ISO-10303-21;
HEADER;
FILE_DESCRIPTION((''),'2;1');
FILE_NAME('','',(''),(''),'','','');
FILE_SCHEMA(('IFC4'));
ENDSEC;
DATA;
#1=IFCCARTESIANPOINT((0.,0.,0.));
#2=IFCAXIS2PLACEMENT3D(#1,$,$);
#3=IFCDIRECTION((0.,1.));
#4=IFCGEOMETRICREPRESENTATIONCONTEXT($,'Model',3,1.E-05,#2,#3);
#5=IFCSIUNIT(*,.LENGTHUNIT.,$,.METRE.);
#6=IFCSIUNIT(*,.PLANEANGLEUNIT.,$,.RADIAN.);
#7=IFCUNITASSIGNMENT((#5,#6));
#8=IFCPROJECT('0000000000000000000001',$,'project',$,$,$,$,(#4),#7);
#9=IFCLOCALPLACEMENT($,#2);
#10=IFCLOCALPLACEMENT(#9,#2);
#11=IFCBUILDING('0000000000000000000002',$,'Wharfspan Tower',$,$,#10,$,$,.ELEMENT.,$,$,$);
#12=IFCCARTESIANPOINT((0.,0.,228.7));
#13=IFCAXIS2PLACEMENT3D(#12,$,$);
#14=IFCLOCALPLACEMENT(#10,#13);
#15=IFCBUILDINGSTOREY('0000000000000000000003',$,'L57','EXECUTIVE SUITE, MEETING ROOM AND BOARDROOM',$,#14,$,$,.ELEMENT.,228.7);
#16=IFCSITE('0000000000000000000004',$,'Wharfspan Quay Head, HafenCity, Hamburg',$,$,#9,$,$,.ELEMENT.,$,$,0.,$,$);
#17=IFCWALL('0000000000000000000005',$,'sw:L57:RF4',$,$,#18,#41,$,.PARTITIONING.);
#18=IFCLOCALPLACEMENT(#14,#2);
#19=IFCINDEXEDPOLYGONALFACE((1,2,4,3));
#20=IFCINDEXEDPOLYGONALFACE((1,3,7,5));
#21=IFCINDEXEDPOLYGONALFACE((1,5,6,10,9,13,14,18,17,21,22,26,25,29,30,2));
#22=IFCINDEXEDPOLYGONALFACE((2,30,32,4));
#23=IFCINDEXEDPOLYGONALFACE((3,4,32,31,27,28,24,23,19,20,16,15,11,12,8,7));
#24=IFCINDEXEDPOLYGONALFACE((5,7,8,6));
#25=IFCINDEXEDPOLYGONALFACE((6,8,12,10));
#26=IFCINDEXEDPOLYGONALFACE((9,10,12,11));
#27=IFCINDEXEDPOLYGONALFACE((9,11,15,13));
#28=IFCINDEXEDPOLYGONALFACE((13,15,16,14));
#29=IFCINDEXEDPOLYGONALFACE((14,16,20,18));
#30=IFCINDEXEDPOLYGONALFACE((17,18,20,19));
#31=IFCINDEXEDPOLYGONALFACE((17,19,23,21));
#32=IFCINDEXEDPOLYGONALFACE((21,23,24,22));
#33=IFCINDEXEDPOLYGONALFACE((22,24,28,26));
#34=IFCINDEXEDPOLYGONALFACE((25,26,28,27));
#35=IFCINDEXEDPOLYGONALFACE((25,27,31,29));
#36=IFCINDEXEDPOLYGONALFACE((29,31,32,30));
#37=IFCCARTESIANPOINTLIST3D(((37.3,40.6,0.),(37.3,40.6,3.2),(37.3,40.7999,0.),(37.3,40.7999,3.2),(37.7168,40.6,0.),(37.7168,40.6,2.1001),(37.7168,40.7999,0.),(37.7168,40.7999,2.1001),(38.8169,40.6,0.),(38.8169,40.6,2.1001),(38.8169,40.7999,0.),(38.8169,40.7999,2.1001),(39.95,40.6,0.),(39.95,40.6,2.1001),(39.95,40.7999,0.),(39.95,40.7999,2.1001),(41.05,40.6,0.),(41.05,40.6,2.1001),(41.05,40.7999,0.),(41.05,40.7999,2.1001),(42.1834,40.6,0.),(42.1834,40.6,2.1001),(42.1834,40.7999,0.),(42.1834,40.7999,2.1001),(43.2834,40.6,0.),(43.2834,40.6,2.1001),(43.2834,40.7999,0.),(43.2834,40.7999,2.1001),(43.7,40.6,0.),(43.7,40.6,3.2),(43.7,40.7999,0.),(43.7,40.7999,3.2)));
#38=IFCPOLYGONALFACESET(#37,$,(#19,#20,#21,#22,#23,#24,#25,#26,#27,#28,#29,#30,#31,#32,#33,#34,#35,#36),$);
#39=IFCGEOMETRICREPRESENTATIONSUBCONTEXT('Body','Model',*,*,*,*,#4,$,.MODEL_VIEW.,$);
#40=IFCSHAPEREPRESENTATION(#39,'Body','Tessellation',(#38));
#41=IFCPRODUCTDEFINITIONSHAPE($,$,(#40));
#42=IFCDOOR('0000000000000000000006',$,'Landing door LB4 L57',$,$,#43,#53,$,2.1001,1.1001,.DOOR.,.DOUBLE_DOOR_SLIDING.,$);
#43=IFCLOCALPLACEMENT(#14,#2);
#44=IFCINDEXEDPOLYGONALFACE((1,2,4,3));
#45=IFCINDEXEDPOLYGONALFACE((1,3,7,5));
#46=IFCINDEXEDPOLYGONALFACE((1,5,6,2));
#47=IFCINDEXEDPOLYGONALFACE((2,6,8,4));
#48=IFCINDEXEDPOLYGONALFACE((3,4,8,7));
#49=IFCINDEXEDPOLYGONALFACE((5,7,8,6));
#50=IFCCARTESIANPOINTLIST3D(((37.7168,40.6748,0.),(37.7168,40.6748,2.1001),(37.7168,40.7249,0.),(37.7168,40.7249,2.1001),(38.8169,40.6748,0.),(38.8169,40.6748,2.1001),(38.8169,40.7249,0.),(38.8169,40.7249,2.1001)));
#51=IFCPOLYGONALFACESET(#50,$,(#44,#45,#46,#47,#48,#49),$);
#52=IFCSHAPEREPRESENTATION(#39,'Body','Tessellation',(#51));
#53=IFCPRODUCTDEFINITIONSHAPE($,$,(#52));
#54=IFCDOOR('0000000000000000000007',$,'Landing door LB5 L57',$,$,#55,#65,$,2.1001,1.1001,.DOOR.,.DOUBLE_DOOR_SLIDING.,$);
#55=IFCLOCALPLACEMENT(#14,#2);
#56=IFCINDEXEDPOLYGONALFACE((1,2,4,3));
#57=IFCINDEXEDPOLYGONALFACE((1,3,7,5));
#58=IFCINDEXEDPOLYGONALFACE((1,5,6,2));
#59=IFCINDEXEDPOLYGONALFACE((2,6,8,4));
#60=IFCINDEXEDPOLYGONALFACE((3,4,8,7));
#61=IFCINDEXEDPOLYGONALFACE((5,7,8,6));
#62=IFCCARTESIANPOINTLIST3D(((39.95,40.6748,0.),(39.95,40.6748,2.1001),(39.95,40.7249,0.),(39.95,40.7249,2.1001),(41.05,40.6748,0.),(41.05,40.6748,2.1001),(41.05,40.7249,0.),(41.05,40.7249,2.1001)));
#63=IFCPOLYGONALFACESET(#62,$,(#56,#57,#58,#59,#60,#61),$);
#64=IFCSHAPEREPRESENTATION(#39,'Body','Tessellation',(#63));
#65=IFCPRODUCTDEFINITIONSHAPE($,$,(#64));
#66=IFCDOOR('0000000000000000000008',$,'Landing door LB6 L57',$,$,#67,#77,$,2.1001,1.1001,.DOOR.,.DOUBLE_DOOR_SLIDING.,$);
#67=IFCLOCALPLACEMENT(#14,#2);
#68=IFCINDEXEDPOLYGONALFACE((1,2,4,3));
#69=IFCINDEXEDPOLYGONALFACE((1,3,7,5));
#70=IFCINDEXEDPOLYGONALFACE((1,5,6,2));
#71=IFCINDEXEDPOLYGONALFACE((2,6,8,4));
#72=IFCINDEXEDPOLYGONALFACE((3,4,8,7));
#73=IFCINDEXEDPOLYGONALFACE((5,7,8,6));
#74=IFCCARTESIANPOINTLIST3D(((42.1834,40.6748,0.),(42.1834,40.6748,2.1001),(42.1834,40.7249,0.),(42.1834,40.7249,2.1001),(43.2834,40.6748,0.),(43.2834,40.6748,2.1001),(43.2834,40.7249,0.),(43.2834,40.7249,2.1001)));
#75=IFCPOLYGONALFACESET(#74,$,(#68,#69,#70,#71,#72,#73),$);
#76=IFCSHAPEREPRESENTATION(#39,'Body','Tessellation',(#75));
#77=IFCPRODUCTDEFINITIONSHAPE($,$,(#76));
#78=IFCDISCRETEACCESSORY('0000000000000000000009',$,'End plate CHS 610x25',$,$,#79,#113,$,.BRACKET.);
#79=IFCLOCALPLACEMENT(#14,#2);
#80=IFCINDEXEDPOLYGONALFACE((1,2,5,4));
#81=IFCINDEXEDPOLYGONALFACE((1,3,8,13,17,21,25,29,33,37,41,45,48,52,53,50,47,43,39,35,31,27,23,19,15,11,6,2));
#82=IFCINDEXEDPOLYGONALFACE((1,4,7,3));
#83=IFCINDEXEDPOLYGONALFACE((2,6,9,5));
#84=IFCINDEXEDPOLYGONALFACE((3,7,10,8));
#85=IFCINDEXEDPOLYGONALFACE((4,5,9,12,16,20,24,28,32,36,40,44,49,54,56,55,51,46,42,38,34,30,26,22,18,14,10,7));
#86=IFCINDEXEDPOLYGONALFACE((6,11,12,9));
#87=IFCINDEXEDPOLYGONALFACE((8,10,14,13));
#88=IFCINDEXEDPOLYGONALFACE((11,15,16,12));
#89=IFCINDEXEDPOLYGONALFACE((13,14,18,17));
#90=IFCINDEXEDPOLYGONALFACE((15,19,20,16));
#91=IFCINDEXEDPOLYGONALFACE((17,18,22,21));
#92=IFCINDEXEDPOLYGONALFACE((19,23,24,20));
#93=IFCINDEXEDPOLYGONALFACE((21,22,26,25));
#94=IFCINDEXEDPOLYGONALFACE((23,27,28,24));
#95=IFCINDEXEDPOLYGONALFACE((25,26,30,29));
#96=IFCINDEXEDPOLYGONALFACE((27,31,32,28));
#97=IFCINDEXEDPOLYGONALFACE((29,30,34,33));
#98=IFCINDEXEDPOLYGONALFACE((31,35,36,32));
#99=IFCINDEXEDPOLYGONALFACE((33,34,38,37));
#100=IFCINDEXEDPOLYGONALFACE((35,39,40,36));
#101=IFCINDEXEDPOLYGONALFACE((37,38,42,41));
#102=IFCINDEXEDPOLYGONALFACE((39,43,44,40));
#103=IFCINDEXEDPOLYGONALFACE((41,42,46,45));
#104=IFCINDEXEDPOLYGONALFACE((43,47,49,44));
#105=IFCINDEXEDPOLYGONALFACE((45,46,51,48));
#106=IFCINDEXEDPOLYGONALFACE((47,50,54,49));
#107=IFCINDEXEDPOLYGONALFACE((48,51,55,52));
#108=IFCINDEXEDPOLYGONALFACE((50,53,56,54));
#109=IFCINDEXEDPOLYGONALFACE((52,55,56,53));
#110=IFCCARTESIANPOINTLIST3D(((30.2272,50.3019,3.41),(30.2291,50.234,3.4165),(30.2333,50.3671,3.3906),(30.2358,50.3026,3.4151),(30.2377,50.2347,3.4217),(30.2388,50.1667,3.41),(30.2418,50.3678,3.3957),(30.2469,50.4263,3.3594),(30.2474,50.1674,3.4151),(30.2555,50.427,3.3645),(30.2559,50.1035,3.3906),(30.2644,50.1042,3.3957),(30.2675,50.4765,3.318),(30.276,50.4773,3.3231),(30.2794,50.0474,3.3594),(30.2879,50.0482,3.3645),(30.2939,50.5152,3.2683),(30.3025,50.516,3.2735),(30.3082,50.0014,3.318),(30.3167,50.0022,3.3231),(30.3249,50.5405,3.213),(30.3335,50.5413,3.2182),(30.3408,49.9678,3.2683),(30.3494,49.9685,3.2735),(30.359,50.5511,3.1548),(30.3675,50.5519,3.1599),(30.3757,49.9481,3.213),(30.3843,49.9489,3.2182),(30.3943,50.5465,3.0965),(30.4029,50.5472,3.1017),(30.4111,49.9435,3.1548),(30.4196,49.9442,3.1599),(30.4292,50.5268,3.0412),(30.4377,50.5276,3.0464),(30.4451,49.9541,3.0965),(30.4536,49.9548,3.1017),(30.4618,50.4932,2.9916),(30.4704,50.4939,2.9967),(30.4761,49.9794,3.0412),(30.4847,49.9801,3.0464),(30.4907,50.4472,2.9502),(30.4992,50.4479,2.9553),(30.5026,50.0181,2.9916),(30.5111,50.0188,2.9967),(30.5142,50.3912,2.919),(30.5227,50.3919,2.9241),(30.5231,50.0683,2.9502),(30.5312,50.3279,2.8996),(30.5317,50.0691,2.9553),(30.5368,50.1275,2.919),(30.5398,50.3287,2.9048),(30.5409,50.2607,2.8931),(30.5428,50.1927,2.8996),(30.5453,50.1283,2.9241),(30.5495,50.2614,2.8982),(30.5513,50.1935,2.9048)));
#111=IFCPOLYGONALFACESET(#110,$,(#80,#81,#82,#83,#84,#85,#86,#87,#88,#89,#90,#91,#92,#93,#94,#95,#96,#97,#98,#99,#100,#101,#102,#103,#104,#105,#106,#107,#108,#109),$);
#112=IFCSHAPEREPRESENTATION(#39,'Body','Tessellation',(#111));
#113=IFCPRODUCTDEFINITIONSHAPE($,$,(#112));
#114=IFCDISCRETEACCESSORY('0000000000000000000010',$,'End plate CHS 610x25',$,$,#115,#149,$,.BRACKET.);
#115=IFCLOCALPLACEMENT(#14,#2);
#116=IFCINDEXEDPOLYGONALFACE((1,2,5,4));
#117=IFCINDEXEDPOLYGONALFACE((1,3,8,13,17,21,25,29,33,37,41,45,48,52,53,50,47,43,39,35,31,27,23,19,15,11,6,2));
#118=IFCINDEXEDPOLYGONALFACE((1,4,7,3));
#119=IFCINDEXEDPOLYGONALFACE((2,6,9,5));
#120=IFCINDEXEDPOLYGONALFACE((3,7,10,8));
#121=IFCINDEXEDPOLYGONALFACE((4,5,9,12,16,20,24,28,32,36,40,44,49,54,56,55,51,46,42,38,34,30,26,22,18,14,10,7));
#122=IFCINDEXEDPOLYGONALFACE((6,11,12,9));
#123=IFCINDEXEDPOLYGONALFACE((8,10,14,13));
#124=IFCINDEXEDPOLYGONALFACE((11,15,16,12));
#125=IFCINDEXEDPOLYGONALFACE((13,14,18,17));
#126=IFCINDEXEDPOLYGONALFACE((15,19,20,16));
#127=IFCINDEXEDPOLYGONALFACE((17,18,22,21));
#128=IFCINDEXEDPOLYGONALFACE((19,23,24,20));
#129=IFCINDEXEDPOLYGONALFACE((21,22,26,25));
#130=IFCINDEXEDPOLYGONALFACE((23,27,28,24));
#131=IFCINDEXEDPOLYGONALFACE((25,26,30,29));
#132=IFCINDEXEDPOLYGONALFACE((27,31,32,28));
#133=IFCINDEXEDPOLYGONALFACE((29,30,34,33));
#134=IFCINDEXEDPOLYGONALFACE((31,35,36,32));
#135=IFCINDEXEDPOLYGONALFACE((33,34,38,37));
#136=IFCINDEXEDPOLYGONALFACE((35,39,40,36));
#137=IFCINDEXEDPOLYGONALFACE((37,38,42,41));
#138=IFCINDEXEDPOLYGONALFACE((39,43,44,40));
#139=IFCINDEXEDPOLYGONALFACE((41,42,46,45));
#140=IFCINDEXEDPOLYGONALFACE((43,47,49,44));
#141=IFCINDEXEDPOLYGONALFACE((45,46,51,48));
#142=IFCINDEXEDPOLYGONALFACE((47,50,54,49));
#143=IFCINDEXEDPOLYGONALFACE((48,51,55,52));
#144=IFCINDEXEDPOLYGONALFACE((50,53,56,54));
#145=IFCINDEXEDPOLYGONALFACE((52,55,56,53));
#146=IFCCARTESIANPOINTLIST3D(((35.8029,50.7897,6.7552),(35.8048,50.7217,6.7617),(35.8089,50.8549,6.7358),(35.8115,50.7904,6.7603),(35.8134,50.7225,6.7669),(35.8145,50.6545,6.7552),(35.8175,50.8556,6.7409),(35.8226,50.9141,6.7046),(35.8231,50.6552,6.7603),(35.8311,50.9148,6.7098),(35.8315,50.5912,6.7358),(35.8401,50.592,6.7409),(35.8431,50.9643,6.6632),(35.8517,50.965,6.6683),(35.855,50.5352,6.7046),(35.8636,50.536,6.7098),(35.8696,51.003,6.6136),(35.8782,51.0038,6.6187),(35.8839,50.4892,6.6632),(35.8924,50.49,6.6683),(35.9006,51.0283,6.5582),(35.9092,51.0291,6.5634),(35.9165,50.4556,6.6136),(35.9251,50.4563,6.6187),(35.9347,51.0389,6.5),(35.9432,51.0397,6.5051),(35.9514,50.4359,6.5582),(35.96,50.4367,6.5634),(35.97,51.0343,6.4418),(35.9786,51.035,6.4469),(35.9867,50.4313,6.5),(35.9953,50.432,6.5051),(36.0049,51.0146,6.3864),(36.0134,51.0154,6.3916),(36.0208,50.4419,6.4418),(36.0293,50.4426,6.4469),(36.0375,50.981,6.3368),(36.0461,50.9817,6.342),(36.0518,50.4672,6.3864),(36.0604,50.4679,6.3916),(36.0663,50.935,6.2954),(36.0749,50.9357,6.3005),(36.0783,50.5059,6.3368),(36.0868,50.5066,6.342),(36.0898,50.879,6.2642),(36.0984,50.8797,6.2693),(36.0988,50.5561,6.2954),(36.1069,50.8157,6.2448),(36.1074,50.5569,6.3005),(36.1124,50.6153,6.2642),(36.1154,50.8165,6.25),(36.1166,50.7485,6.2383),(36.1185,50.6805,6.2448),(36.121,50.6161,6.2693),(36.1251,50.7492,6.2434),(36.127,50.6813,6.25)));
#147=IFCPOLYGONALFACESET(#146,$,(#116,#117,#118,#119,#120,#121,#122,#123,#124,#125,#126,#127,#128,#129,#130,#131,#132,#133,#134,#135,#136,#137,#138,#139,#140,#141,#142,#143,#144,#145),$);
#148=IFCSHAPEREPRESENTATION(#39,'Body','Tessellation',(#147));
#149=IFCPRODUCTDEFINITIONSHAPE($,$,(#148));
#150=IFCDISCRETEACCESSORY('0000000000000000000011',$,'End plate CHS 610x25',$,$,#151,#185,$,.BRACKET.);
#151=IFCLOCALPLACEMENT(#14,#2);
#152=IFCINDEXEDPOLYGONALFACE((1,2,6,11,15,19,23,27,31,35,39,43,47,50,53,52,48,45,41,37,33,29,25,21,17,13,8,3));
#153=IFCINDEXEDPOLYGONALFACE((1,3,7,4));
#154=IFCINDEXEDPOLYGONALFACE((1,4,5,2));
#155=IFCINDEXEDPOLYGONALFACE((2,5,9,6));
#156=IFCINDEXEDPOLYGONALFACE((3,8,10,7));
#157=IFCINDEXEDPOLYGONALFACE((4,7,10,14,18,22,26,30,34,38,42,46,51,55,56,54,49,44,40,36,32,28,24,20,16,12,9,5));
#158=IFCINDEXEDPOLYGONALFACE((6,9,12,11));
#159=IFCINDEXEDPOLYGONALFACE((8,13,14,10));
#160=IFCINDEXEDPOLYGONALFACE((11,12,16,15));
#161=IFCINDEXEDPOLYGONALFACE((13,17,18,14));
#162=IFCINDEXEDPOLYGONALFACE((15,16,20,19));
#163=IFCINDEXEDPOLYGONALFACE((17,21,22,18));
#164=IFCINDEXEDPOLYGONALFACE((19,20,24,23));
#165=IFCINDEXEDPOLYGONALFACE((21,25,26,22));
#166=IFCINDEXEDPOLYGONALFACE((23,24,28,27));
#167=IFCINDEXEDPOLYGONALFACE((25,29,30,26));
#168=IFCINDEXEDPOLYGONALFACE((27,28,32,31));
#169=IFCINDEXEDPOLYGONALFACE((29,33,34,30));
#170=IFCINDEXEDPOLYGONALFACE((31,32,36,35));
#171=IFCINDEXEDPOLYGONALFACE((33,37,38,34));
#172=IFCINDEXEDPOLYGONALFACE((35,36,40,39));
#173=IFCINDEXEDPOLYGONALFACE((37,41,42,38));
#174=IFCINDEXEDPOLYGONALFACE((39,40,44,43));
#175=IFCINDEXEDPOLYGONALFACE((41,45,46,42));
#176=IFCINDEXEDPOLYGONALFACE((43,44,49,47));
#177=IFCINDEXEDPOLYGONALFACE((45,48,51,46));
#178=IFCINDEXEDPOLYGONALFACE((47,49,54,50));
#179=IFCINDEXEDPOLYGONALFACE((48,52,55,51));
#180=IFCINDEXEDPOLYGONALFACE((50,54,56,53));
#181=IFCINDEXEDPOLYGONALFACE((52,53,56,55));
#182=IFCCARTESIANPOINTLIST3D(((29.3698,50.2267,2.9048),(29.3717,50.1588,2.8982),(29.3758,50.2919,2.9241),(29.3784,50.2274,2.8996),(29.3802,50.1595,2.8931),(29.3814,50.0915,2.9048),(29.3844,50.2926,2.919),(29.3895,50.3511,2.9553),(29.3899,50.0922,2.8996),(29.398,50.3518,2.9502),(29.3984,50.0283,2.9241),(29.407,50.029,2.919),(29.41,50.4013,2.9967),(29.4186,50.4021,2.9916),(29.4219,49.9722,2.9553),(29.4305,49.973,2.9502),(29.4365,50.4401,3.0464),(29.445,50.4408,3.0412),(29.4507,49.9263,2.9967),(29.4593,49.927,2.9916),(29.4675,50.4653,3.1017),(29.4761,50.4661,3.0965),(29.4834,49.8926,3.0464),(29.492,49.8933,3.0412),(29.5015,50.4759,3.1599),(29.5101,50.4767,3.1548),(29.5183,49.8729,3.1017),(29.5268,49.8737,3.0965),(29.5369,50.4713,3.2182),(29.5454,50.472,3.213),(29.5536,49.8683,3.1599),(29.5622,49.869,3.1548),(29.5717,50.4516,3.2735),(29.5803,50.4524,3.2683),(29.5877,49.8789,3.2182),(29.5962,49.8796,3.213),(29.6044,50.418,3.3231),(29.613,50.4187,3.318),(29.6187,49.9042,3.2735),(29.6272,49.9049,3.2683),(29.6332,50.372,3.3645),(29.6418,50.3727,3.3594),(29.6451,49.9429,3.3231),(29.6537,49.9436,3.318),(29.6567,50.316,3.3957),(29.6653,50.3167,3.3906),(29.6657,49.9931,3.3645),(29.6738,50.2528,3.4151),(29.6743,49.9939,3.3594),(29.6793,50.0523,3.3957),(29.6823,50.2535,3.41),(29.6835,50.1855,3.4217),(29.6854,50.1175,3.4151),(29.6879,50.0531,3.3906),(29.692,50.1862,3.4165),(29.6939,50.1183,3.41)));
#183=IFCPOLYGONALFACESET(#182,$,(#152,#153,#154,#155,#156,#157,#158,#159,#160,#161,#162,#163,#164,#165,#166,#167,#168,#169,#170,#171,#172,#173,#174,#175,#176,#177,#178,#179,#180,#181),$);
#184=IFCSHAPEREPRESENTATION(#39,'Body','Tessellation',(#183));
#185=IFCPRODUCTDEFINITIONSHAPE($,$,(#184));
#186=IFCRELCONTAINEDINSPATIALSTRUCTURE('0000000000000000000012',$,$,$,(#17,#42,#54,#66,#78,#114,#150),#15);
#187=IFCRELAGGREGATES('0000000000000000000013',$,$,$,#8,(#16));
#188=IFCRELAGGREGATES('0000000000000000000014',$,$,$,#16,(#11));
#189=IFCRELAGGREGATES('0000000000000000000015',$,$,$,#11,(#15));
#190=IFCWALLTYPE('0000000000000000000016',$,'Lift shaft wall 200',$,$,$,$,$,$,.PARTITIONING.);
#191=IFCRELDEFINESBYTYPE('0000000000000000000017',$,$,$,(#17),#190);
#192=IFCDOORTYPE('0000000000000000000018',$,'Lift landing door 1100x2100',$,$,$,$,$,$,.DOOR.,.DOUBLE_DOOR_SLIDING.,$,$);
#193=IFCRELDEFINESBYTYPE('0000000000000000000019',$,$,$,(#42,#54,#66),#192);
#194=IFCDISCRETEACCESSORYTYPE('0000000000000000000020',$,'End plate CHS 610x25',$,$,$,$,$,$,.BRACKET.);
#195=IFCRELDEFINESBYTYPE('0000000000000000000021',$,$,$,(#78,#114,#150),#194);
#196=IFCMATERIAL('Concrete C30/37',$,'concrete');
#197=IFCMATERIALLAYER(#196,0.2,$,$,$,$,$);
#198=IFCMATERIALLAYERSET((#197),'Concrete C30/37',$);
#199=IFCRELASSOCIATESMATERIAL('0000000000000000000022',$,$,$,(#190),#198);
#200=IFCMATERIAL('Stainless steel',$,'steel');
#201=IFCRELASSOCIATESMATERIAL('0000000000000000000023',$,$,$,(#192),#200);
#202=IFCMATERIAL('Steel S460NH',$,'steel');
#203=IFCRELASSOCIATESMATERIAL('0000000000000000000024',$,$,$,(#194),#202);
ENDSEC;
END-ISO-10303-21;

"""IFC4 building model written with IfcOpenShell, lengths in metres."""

from ifc_helpers import new_model, si_unit, direction, frame, frame_2d, origin, origin_2d, place, context, subcontext, project, spatial, rectangle, circle, extrude, material, layer, layer_set, material_profile, profile_set, type_object, element, fill, save


model = new_model("IFC4")

# Units and contexts
model_context = context("Model", 3, precision=1e-05, world=origin(), true_north=direction((0.0, 1.0)))
body_context = subcontext(model_context, "Body", "Model", "MODEL_VIEW")
ifc_project = project(units=[si_unit("LENGTHUNIT", "METRE"), si_unit("PLANEANGLEUNIT", "RADIAN")], contexts=[model_context])

# Site, building, storey
site_placement = place(None, origin())
site = spatial("IfcSite", under=ifc_project, at=site_placement, Name="Wharfspan Quay Head, HafenCity, Hamburg", CompositionType="ELEMENT", RefElevation=0.0)
building_placement = place(site_placement, origin())
building = spatial("IfcBuilding", under=site, at=building_placement, Name="Wharfspan Tower", CompositionType="ELEMENT")
storey_placement = place(building_placement, frame((0.0, 0.0, 228.7)))
storey = spatial("IfcBuildingStorey", under=building, at=storey_placement, Name="L57", Description="EXECUTIVE SUITE, MEETING ROOM AND BOARDROOM", CompositionType="ELEMENT", Elevation=228.7)

# Shared definitions
ifc_material_1 = material(Name="Steel S460NH", Category="steel")

# Wall, openings, doors
ifc_material_2 = material(Name="Concrete C30/37", Category="concrete")
ifc_layer_1 = layer(ifc_material_2, 0.2)
ifc_layer_set_1 = layer_set([ifc_layer_1], Name="Concrete C30/37")
wall_type_1 = type_object("IfcWallType", Name="Lift shaft wall 200", PredefinedType="PARTITIONING", material=ifc_layer_set_1)
ifc_material_3 = material(Name="Stainless steel", Category="steel")
door_type_1 = type_object("IfcDoorType", Name="Lift landing door 1100x2100", OperationType="DOUBLE_DOOR_SLIDING", PredefinedType="DOOR", material=ifc_material_3)
wall_1_placement = place(storey_placement, frame((37.3, 40.7, 0.0), z_axis=(0.0, 0.0, 1.0), x_axis=(1.0, 0.0, 0.0)))
wall_1 = element("IfcWall", 1, at=wall_1_placement, inside=storey, type_object=wall_type_1, Name="sw:L57:RF4", PredefinedType="PARTITIONING", context=body_context, shape_type="SweptSolid", body=[
    extrude(rectangle(XDim=6.3999, YDim=0.2, at=frame_2d((3.2, 0.0))), origin(), (0.0, 0.0, 1.0), 3.2),
])
opening_1_placement = place(wall_1_placement, frame((0.4167, 0.0, 0.0)))
opening_1 = element("IfcOpeningElement", 2, at=opening_1_placement, cuts=wall_1, PredefinedType="OPENING", context=body_context, shape_type="SweptSolid", body=[
    extrude(rectangle(XDim=1.1001, YDim=2.1001, at=frame_2d((0.55, 1.05))), frame((0.0, 0.1099, 0.0), z_axis=(0.0, -1.0, 0.0), x_axis=(1.0, 0.0, 0.0)), (0.0, 0.0, 1.0), 0.22),
])
opening_2_placement = place(wall_1_placement, frame((2.6499, 0.0, 0.0)))
opening_2 = element("IfcOpeningElement", 3, at=opening_2_placement, cuts=wall_1, PredefinedType="OPENING", context=body_context, shape_type="SweptSolid", body=[
    extrude(rectangle(XDim=1.1001, YDim=2.1001, at=frame_2d((0.55, 1.05))), frame((0.0, 0.1099, 0.0), z_axis=(0.0, -1.0, 0.0), x_axis=(1.0, 0.0, 0.0)), (0.0, 0.0, 1.0), 0.22),
])
opening_3_placement = place(wall_1_placement, frame((4.8833, 0.0, 0.0)))
opening_3 = element("IfcOpeningElement", 4, at=opening_3_placement, cuts=wall_1, PredefinedType="OPENING", context=body_context, shape_type="SweptSolid", body=[
    extrude(rectangle(XDim=1.1001, YDim=2.1001, at=frame_2d((0.55, 1.05))), frame((0.0, 0.1099, 0.0), z_axis=(0.0, -1.0, 0.0), x_axis=(1.0, 0.0, 0.0)), (0.0, 0.0, 1.0), 0.22),
])
door_1_placement = place(opening_1_placement, origin())
door_1 = element("IfcDoor", 5, at=door_1_placement, inside=storey, type_object=door_type_1, Name="Landing door LB4 L57", OperationType="DOUBLE_DOOR_SLIDING", OverallHeight=2.1001, OverallWidth=1.1001, PredefinedType="DOOR", context=body_context, shape_type="SweptSolid", body=[
    extrude(rectangle(XDim=1.1001, YDim=2.1001, at=frame_2d((0.55, 1.05))), frame((0.0, 0.0249, 0.0), z_axis=(0.0, -1.0, 0.0), x_axis=(1.0, 0.0, 0.0)), (0.0, 0.0, 1.0), 0.05),
])
fill(opening_1, door_1)
door_2_placement = place(opening_2_placement, origin())
door_2 = element("IfcDoor", 6, at=door_2_placement, inside=storey, type_object=door_type_1, Name="Landing door LB5 L57", OperationType="DOUBLE_DOOR_SLIDING", OverallHeight=2.1001, OverallWidth=1.1001, PredefinedType="DOOR", context=body_context, shape_type="SweptSolid", body=[
    extrude(rectangle(XDim=1.1001, YDim=2.1001, at=frame_2d((0.55, 1.05))), frame((0.0, 0.0249, 0.0), z_axis=(0.0, -1.0, 0.0), x_axis=(1.0, 0.0, 0.0)), (0.0, 0.0, 1.0), 0.05),
])
fill(opening_2, door_2)
door_3_placement = place(opening_3_placement, origin())
door_3 = element("IfcDoor", 7, at=door_3_placement, inside=storey, type_object=door_type_1, Name="Landing door LB6 L57", OperationType="DOUBLE_DOOR_SLIDING", OverallHeight=2.1001, OverallWidth=1.1001, PredefinedType="DOOR", context=body_context, shape_type="SweptSolid", body=[
    extrude(rectangle(XDim=1.1001, YDim=2.1001, at=frame_2d((0.55, 1.05))), frame((0.0, 0.0249, 0.0), z_axis=(0.0, -1.0, 0.0), x_axis=(1.0, 0.0, 0.0)), (0.0, 0.0, 1.0), 0.05),
])
fill(opening_3, door_3)

# Discrete accessories
ifc_material_profile_1 = material_profile(ifc_material_1, circle(Radius=0.3049, at=origin_2d()))
ifc_profile_set_1 = profile_set([ifc_material_profile_1], Name="Steel S460NH")
discrete_accessory_type = type_object("IfcDiscreteAccessoryType", Name="End plate CHS 610x25", PredefinedType="BRACKET", material=ifc_profile_set_1)
for number, where, z_axis, x_axis, name in (
    (8, (30.385, 50.2473, 3.1548), (0.855186, 0.073302, 0.513112), (-0.085402, 0.996345, 0.000001), "End plate CHS 610x25"),
    (9, (35.9607, 50.7351, 6.5), (0.855186, 0.073302, 0.513112), (-0.085402, 0.996345, 0.000001), "End plate CHS 610x25"),
    (10, (29.5361, 50.1729, 3.1548), (-0.855186, -0.073302, 0.513112), (0.085402, -0.996345, 0.000001), "End plate CHS 610x25"),
):
    element("IfcDiscreteAccessory", number, at=place(storey_placement, frame(where, z_axis=z_axis, x_axis=x_axis)), inside=storey, type_object=discrete_accessory_type, Name=name, PredefinedType="BRACKET", context=body_context, shape_type="SweptSolid", body=[
        extrude(circle(Radius=0.3049, at=origin_2d()), origin(), (0.0, 0.0, 1.0), 0.01),
    ])

save(model, "model.ifc")
